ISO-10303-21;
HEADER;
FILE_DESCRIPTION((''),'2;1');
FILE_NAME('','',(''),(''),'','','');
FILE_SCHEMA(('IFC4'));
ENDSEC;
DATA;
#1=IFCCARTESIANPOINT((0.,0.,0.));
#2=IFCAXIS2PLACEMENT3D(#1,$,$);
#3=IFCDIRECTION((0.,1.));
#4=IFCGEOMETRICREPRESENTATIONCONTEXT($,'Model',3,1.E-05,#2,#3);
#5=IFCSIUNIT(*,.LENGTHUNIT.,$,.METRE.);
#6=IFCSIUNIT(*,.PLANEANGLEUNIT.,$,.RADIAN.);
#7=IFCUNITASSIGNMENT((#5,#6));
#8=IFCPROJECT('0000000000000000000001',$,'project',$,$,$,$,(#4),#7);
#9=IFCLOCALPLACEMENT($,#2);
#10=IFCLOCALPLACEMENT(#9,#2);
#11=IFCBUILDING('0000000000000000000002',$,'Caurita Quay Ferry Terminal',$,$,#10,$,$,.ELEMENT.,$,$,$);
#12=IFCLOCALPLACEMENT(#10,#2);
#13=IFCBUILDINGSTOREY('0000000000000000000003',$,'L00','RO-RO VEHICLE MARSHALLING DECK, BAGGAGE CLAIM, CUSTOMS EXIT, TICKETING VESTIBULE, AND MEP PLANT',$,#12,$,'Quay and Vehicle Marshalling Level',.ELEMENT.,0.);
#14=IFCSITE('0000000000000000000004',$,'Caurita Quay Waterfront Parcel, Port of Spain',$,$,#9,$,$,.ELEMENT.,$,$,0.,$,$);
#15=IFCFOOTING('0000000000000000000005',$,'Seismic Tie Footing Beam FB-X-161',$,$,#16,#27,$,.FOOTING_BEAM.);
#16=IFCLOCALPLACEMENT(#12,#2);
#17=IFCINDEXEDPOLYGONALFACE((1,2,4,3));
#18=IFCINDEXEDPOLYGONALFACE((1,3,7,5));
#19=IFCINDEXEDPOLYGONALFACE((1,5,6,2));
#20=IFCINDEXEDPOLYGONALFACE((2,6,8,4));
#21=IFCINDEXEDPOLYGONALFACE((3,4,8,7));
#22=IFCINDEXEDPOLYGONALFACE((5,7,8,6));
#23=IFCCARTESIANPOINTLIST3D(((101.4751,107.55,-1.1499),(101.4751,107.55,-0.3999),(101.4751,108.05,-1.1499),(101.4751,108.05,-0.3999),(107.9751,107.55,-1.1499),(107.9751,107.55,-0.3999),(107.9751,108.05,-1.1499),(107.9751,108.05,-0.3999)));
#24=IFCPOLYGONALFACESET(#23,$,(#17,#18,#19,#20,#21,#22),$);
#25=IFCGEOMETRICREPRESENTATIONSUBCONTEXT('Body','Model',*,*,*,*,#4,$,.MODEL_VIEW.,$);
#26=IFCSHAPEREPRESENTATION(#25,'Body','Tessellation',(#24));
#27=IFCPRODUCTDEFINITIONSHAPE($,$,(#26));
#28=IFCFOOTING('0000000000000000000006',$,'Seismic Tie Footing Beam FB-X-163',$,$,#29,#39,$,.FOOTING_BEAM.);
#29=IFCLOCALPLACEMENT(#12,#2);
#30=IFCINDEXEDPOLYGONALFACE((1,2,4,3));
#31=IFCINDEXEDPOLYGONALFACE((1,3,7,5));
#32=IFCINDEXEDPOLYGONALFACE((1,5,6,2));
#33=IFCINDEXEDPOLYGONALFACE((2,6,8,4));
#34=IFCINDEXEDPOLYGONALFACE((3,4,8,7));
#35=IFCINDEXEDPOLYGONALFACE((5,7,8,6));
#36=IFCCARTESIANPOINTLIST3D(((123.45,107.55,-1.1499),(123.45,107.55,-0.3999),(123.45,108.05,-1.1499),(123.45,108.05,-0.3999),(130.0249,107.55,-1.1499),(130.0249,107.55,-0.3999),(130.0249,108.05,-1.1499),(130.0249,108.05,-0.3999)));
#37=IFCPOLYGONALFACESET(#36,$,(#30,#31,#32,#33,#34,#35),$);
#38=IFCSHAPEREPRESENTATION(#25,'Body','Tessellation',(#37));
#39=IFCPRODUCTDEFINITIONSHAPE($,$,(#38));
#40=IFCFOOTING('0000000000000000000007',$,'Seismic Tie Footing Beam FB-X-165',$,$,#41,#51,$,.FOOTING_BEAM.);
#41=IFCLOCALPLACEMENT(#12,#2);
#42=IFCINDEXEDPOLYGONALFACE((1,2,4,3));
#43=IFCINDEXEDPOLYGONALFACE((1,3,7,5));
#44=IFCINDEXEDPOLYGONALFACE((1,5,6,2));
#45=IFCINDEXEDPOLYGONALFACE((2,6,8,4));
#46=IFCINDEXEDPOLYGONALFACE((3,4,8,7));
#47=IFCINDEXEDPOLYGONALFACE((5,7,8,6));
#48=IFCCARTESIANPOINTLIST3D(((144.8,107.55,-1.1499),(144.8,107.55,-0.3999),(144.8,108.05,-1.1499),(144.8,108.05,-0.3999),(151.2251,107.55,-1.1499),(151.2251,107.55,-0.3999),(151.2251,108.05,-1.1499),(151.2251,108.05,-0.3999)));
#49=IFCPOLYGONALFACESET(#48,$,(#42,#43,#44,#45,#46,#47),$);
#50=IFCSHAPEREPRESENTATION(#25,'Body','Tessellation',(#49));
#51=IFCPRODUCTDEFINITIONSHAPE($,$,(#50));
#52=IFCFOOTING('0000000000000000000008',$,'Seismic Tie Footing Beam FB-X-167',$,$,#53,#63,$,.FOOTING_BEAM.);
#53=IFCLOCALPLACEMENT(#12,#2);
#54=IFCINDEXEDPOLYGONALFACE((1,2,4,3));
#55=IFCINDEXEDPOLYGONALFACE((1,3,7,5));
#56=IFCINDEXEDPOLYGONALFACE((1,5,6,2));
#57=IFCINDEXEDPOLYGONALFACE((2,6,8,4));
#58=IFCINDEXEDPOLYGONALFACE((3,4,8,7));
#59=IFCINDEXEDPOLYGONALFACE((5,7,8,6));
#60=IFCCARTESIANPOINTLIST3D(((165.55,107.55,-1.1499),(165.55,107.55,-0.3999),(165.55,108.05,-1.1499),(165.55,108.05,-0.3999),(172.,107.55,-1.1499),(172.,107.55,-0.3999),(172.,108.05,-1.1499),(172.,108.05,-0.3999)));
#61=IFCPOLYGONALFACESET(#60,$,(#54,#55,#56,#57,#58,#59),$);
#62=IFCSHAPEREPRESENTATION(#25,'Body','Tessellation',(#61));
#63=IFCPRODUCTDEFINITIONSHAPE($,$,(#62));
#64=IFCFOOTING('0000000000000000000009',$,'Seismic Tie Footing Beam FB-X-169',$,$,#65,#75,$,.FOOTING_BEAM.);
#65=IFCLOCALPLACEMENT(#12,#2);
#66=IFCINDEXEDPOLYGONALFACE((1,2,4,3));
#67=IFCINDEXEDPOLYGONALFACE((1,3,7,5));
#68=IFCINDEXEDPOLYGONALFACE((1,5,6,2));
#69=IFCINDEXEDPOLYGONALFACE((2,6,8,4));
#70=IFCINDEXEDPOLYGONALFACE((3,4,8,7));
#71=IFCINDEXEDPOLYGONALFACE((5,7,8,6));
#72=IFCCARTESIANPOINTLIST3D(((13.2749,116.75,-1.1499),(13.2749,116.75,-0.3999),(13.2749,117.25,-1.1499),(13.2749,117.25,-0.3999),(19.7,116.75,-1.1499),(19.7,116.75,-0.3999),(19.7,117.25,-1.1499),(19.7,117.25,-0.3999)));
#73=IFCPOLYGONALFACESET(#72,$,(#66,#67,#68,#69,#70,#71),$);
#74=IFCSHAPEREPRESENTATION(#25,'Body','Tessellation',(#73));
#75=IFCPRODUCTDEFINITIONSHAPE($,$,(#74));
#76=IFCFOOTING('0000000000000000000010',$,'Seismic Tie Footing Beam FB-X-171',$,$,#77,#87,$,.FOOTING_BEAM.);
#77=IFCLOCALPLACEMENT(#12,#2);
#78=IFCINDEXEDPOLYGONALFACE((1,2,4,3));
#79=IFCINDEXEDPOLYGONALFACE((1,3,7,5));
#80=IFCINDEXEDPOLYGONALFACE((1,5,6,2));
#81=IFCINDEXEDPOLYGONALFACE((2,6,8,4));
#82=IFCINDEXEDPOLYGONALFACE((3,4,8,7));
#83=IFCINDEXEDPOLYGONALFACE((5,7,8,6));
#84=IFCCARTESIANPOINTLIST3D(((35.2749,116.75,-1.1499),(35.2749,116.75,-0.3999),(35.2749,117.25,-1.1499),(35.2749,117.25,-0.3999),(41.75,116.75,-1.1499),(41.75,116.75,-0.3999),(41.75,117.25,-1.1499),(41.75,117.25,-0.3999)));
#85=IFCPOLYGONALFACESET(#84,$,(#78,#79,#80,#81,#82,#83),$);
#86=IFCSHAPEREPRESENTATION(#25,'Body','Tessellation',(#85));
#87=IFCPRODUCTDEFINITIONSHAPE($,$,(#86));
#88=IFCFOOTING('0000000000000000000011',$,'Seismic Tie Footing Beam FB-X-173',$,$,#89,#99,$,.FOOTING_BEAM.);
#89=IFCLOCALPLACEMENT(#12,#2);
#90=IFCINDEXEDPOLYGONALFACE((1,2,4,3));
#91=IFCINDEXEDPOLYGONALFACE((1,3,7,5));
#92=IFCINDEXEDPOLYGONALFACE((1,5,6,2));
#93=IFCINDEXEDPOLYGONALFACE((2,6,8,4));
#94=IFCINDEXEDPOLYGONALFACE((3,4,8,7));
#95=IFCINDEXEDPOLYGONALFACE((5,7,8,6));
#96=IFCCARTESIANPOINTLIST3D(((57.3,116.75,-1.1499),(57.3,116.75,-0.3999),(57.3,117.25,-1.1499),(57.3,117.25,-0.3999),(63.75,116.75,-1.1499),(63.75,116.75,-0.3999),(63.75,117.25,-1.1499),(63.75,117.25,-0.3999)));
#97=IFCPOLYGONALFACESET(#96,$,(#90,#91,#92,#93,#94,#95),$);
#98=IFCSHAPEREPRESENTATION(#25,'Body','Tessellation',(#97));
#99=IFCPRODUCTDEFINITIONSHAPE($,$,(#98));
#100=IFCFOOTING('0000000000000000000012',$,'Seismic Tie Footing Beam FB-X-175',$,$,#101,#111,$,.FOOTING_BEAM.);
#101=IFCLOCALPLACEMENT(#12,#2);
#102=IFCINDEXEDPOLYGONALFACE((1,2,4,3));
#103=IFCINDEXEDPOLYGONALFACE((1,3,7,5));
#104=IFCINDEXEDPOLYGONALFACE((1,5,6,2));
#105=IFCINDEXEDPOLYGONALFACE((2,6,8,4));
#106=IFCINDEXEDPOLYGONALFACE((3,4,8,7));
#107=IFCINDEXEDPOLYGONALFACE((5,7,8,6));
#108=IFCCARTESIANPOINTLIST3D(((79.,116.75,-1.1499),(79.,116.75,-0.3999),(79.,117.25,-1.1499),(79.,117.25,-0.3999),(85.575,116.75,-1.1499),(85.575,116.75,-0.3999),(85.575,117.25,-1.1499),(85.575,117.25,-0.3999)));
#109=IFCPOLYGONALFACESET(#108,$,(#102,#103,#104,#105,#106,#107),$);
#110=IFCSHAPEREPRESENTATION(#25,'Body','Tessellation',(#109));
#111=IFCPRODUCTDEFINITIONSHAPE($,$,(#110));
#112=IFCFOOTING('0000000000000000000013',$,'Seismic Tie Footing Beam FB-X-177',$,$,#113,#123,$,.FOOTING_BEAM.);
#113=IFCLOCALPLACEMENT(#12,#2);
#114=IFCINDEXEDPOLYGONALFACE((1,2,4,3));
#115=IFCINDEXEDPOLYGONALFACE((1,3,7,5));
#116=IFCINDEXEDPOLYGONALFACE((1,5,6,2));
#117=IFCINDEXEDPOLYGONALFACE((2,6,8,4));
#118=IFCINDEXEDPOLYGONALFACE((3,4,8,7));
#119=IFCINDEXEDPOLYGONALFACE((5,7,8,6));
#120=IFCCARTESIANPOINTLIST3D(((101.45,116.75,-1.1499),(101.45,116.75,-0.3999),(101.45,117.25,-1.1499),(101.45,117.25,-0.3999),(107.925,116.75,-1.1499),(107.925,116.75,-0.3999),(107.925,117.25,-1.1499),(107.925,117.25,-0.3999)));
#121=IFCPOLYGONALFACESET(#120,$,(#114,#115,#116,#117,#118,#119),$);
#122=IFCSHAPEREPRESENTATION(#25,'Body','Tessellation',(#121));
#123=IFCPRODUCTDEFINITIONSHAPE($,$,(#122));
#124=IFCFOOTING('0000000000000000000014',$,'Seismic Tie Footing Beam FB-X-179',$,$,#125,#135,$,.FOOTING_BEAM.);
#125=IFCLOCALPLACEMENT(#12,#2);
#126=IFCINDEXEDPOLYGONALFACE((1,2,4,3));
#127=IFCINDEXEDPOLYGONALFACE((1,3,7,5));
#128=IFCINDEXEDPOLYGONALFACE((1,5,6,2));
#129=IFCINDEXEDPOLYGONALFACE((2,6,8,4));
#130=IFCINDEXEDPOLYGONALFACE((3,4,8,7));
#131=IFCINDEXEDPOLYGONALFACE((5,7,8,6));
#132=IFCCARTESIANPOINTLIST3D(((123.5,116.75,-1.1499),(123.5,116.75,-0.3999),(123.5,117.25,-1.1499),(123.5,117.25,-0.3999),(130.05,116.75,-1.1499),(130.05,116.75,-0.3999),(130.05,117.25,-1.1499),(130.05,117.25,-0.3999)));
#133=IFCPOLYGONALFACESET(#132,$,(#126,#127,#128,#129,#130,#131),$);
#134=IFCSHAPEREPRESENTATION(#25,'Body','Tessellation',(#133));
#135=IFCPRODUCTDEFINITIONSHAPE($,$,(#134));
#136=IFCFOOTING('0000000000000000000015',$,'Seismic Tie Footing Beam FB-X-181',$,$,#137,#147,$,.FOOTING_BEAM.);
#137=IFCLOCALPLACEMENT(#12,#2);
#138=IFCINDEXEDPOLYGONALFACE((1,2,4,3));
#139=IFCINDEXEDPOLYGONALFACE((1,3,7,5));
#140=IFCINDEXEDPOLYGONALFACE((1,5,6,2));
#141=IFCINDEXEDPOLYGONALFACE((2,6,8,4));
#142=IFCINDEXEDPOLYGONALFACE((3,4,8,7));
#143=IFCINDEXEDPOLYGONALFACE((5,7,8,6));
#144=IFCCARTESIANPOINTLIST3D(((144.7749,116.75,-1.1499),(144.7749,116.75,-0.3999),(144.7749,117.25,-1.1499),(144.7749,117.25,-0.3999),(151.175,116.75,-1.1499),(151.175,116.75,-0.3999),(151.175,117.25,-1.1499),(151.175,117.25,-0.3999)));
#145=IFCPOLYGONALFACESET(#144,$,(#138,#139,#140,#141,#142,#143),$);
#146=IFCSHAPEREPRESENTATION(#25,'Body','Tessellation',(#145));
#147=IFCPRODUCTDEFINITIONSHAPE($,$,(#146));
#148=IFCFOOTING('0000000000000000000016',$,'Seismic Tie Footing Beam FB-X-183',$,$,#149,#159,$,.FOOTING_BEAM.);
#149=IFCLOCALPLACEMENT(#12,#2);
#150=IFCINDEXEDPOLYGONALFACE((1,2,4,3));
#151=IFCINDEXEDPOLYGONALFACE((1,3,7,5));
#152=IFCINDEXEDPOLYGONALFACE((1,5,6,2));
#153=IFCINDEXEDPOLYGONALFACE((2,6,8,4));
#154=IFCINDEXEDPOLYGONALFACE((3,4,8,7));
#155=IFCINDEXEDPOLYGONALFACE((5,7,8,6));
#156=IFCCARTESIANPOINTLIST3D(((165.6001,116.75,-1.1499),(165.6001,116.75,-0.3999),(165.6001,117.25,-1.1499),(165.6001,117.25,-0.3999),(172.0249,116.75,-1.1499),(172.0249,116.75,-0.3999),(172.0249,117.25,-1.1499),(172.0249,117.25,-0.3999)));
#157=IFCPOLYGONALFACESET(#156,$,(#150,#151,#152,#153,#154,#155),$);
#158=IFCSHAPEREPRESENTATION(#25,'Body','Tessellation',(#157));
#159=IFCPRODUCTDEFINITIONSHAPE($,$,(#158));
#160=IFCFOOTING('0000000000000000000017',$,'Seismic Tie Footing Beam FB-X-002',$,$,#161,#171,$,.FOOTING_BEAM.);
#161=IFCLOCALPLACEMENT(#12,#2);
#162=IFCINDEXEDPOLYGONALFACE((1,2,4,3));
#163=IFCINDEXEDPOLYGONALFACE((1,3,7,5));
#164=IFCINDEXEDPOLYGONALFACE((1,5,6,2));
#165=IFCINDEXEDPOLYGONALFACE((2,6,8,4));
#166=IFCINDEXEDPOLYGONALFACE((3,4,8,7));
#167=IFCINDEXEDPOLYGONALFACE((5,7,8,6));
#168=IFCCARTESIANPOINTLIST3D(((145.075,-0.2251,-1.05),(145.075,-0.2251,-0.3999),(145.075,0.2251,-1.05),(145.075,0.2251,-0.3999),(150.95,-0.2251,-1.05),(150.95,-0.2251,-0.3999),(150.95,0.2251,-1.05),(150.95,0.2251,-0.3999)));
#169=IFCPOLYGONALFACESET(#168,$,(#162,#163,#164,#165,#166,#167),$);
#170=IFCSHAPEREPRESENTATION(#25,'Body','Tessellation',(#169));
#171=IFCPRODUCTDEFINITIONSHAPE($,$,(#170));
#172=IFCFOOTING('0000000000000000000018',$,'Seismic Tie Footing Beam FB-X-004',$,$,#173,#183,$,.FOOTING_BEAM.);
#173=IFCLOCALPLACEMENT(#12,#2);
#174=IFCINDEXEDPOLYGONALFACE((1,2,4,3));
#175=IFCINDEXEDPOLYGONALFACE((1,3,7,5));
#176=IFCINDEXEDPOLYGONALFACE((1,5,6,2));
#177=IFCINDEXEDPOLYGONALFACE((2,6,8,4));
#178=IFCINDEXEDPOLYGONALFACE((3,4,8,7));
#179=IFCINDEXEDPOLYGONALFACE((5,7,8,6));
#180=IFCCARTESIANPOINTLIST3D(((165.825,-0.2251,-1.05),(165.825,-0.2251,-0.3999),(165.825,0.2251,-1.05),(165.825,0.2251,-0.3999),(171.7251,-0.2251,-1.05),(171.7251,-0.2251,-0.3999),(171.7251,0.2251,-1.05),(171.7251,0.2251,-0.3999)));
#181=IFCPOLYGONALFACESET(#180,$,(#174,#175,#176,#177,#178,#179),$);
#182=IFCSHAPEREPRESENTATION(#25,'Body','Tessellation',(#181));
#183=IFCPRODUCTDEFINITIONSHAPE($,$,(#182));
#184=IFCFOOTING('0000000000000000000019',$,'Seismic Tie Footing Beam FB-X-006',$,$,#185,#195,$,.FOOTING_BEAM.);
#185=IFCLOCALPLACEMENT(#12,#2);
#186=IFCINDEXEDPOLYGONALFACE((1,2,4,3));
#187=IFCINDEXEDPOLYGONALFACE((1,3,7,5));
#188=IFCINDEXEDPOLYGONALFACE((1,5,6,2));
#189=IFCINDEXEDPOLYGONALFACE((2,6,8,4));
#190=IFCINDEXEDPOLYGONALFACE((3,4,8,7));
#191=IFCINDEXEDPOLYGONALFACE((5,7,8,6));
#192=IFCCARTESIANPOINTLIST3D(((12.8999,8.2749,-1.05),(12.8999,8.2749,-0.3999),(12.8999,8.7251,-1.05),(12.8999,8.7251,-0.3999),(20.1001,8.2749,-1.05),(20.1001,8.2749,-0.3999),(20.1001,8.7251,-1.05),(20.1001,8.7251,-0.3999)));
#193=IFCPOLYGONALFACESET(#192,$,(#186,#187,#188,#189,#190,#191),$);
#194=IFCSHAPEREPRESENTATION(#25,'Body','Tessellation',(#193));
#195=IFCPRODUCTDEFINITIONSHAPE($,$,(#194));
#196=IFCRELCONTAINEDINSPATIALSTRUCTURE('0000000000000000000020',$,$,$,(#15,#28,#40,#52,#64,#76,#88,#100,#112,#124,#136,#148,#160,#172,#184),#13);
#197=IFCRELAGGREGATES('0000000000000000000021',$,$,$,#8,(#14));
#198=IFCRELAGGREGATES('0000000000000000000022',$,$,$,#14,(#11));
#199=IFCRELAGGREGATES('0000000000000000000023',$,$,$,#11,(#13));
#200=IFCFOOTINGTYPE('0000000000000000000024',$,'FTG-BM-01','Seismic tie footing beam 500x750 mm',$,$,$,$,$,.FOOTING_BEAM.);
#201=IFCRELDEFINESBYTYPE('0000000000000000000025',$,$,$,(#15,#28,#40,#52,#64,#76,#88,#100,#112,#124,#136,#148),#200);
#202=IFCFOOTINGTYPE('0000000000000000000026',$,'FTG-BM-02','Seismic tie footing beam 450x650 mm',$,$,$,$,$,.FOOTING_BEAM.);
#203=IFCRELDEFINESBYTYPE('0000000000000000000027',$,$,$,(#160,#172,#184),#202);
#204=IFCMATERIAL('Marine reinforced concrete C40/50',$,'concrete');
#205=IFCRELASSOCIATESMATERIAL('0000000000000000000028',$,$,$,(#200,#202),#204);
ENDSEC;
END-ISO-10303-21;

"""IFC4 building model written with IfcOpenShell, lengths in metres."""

from ifc_helpers import new_model, si_unit, direction, frame, origin, place, context, subcontext, project, spatial, polyline, outline, extrude, material, type_object, element, save


model = new_model("IFC4")

# Units and contexts
model_context = context("Model", 3, precision=1e-05, world=origin(), true_north=direction((0.0, 1.0)))
body_context = subcontext(model_context, "Body", "Model", "MODEL_VIEW")
ifc_project = project(units=[si_unit("LENGTHUNIT", "METRE"), si_unit("PLANEANGLEUNIT", "RADIAN")], contexts=[model_context])

# Site, building, storey
site_placement = place(None, origin())
site = spatial("IfcSite", under=ifc_project, at=site_placement, Name="Caurita Quay Waterfront Parcel, Port of Spain", CompositionType="ELEMENT", RefElevation=0.0)
building_placement = place(site_placement, origin())
building = spatial("IfcBuilding", under=site, at=building_placement, Name="Caurita Quay Ferry Terminal", CompositionType="ELEMENT")
storey_placement = place(building_placement, origin())
storey = spatial("IfcBuildingStorey", under=building, at=storey_placement, Name="L00", Description="RO-RO VEHICLE MARSHALLING DECK, BAGGAGE CLAIM, CUSTOMS EXIT, TICKETING VESTIBULE, AND MEP PLANT", LongName="Quay and Vehicle Marshalling Level", CompositionType="ELEMENT", Elevation=0.0)

# Footings
ifc_material = material(Name="Marine reinforced concrete C40/50", Category="concrete")
footing_type_1 = type_object("IfcFootingType", Name="FTG-BM-01", Description="Seismic tie footing beam 500x750 mm", PredefinedType="FOOTING_BEAM", material=ifc_material)
footing_1_placement = place(storey_placement, frame((0.0, 0.0, -1.1499)))
element("IfcFooting", 1, at=footing_1_placement, inside=storey, type_object=footing_type_1, Name="Seismic Tie Footing Beam FB-X-161", PredefinedType="FOOTING_BEAM", context=body_context, shape_type="SweptSolid", body=[
    extrude(outline(polyline([(101.4751, 107.55), (107.9751, 107.55), (107.9751, 108.05), (101.4751, 108.05), (101.4751, 107.55)])), origin(), (0.0, 0.0, 1.0), 0.75),
])
footing_2_placement = place(storey_placement, frame((0.0, 0.0, -1.1499)))
element("IfcFooting", 2, at=footing_2_placement, inside=storey, type_object=footing_type_1, Name="Seismic Tie Footing Beam FB-X-163", PredefinedType="FOOTING_BEAM", context=body_context, shape_type="SweptSolid", body=[
    extrude(outline(polyline([(123.45, 107.55), (130.0249, 107.55), (130.0249, 108.05), (123.45, 108.05), (123.45, 107.55)])), origin(), (0.0, 0.0, 1.0), 0.75),
])
footing_3_placement = place(storey_placement, frame((0.0, 0.0, -1.1499)))
element("IfcFooting", 3, at=footing_3_placement, inside=storey, type_object=footing_type_1, Name="Seismic Tie Footing Beam FB-X-165", PredefinedType="FOOTING_BEAM", context=body_context, shape_type="SweptSolid", body=[
    extrude(outline(polyline([(144.8, 107.55), (151.2251, 107.55), (151.2251, 108.05), (144.8, 108.05), (144.8, 107.55)])), origin(), (0.0, 0.0, 1.0), 0.75),
])
footing_4_placement = place(storey_placement, frame((0.0, 0.0, -1.1499)))
element("IfcFooting", 4, at=footing_4_placement, inside=storey, type_object=footing_type_1, Name="Seismic Tie Footing Beam FB-X-167", PredefinedType="FOOTING_BEAM", context=body_context, shape_type="SweptSolid", body=[
    extrude(outline(polyline([(165.55, 107.55), (172.0, 107.55), (172.0, 108.05), (165.55, 108.05), (165.55, 107.55)])), origin(), (0.0, 0.0, 1.0), 0.75),
])
footing_5_placement = place(storey_placement, frame((0.0, 0.0, -1.1499)))
element("IfcFooting", 5, at=footing_5_placement, inside=storey, type_object=footing_type_1, Name="Seismic Tie Footing Beam FB-X-169", PredefinedType="FOOTING_BEAM", context=body_context, shape_type="SweptSolid", body=[
    extrude(outline(polyline([(13.2749, 116.75), (19.7, 116.75), (19.7, 117.25), (13.2749, 117.25), (13.2749, 116.75)])), origin(), (0.0, 0.0, 1.0), 0.75),
])
footing_6_placement = place(storey_placement, frame((0.0, 0.0, -1.1499)))
element("IfcFooting", 6, at=footing_6_placement, inside=storey, type_object=footing_type_1, Name="Seismic Tie Footing Beam FB-X-171", PredefinedType="FOOTING_BEAM", context=body_context, shape_type="SweptSolid", body=[
    extrude(outline(polyline([(35.2749, 116.75), (41.75, 116.75), (41.75, 117.25), (35.2749, 117.25), (35.2749, 116.75)])), origin(), (0.0, 0.0, 1.0), 0.75),
])
footing_7_placement = place(storey_placement, frame((0.0, 0.0, -1.1499)))
element("IfcFooting", 7, at=footing_7_placement, inside=storey, type_object=footing_type_1, Name="Seismic Tie Footing Beam FB-X-173", PredefinedType="FOOTING_BEAM", context=body_context, shape_type="SweptSolid", body=[
    extrude(outline(polyline([(57.3, 116.75), (63.75, 116.75), (63.75, 117.25), (57.3, 117.25), (57.3, 116.75)])), origin(), (0.0, 0.0, 1.0), 0.75),
])
footing_8_placement = place(storey_placement, frame((0.0, 0.0, -1.1499)))
element("IfcFooting", 8, at=footing_8_placement, inside=storey, type_object=footing_type_1, Name="Seismic Tie Footing Beam FB-X-175", PredefinedType="FOOTING_BEAM", context=body_context, shape_type="SweptSolid", body=[
    extrude(outline(polyline([(79.0, 116.75), (85.575, 116.75), (85.575, 117.25), (79.0, 117.25), (79.0, 116.75)])), origin(), (0.0, 0.0, 1.0), 0.75),
])
footing_9_placement = place(storey_placement, frame((0.0, 0.0, -1.1499)))
element("IfcFooting", 9, at=footing_9_placement, inside=storey, type_object=footing_type_1, Name="Seismic Tie Footing Beam FB-X-177", PredefinedType="FOOTING_BEAM", context=body_context, shape_type="SweptSolid", body=[
    extrude(outline(polyline([(101.45, 116.75), (107.925, 116.75), (107.925, 117.25), (101.45, 117.25), (101.45, 116.75)])), origin(), (0.0, 0.0, 1.0), 0.75),
])
footing_10_placement = place(storey_placement, frame((0.0, 0.0, -1.1499)))
element("IfcFooting", 10, at=footing_10_placement, inside=storey, type_object=footing_type_1, Name="Seismic Tie Footing Beam FB-X-179", PredefinedType="FOOTING_BEAM", context=body_context, shape_type="SweptSolid", body=[
    extrude(outline(polyline([(123.5, 116.75), (130.05, 116.75), (130.05, 117.25), (123.5, 117.25), (123.5, 116.75)])), origin(), (0.0, 0.0, 1.0), 0.75),
])
footing_11_placement = place(storey_placement, frame((0.0, 0.0, -1.1499)))
element("IfcFooting", 11, at=footing_11_placement, inside=storey, type_object=footing_type_1, Name="Seismic Tie Footing Beam FB-X-181", PredefinedType="FOOTING_BEAM", context=body_context, shape_type="SweptSolid", body=[
    extrude(outline(polyline([(144.7749, 116.75), (151.175, 116.75), (151.175, 117.25), (144.7749, 117.25), (144.7749, 116.75)])), origin(), (0.0, 0.0, 1.0), 0.75),
])
footing_12_placement = place(storey_placement, frame((0.0, 0.0, -1.1499)))
element("IfcFooting", 12, at=footing_12_placement, inside=storey, type_object=footing_type_1, Name="Seismic Tie Footing Beam FB-X-183", PredefinedType="FOOTING_BEAM", context=body_context, shape_type="SweptSolid", body=[
    extrude(outline(polyline([(165.6001, 116.75), (172.0249, 116.75), (172.0249, 117.25), (165.6001, 117.25), (165.6001, 116.75)])), origin(), (0.0, 0.0, 1.0), 0.75),
])
footing_type_2 = type_object("IfcFootingType", Name="FTG-BM-02", Description="Seismic tie footing beam 450x650 mm", PredefinedType="FOOTING_BEAM", material=ifc_material)
footing_13_placement = place(storey_placement, frame((0.0, 0.0, -1.05)))
element("IfcFooting", 13, at=footing_13_placement, inside=storey, type_object=footing_type_2, Name="Seismic Tie Footing Beam FB-X-002", PredefinedType="FOOTING_BEAM", context=body_context, shape_type="SweptSolid", body=[
    extrude(outline(polyline([(145.075, -0.2251), (150.95, -0.2251), (150.95, 0.2251), (145.075, 0.2251), (145.075, -0.2251)])), origin(), (0.0, 0.0, 1.0), 0.6501),
])
footing_14_placement = place(storey_placement, frame((0.0, 0.0, -1.05)))
element("IfcFooting", 14, at=footing_14_placement, inside=storey, type_object=footing_type_2, Name="Seismic Tie Footing Beam FB-X-004", PredefinedType="FOOTING_BEAM", context=body_context, shape_type="SweptSolid", body=[
    extrude(outline(polyline([(165.825, -0.2251), (171.7251, -0.2251), (171.7251, 0.2251), (165.825, 0.2251), (165.825, -0.2251)])), origin(), (0.0, 0.0, 1.0), 0.6501),
])
footing_15_placement = place(storey_placement, frame((0.0, 0.0, -1.05)))
element("IfcFooting", 15, at=footing_15_placement, inside=storey, type_object=footing_type_2, Name="Seismic Tie Footing Beam FB-X-006", PredefinedType="FOOTING_BEAM", context=body_context, shape_type="SweptSolid", body=[
    extrude(outline(polyline([(12.8999, 8.2749), (20.1001, 8.2749), (20.1001, 8.7251), (12.8999, 8.7251), (12.8999, 8.2749)])), origin(), (0.0, 0.0, 1.0), 0.6501),
])

save(model, "model.ifc")
